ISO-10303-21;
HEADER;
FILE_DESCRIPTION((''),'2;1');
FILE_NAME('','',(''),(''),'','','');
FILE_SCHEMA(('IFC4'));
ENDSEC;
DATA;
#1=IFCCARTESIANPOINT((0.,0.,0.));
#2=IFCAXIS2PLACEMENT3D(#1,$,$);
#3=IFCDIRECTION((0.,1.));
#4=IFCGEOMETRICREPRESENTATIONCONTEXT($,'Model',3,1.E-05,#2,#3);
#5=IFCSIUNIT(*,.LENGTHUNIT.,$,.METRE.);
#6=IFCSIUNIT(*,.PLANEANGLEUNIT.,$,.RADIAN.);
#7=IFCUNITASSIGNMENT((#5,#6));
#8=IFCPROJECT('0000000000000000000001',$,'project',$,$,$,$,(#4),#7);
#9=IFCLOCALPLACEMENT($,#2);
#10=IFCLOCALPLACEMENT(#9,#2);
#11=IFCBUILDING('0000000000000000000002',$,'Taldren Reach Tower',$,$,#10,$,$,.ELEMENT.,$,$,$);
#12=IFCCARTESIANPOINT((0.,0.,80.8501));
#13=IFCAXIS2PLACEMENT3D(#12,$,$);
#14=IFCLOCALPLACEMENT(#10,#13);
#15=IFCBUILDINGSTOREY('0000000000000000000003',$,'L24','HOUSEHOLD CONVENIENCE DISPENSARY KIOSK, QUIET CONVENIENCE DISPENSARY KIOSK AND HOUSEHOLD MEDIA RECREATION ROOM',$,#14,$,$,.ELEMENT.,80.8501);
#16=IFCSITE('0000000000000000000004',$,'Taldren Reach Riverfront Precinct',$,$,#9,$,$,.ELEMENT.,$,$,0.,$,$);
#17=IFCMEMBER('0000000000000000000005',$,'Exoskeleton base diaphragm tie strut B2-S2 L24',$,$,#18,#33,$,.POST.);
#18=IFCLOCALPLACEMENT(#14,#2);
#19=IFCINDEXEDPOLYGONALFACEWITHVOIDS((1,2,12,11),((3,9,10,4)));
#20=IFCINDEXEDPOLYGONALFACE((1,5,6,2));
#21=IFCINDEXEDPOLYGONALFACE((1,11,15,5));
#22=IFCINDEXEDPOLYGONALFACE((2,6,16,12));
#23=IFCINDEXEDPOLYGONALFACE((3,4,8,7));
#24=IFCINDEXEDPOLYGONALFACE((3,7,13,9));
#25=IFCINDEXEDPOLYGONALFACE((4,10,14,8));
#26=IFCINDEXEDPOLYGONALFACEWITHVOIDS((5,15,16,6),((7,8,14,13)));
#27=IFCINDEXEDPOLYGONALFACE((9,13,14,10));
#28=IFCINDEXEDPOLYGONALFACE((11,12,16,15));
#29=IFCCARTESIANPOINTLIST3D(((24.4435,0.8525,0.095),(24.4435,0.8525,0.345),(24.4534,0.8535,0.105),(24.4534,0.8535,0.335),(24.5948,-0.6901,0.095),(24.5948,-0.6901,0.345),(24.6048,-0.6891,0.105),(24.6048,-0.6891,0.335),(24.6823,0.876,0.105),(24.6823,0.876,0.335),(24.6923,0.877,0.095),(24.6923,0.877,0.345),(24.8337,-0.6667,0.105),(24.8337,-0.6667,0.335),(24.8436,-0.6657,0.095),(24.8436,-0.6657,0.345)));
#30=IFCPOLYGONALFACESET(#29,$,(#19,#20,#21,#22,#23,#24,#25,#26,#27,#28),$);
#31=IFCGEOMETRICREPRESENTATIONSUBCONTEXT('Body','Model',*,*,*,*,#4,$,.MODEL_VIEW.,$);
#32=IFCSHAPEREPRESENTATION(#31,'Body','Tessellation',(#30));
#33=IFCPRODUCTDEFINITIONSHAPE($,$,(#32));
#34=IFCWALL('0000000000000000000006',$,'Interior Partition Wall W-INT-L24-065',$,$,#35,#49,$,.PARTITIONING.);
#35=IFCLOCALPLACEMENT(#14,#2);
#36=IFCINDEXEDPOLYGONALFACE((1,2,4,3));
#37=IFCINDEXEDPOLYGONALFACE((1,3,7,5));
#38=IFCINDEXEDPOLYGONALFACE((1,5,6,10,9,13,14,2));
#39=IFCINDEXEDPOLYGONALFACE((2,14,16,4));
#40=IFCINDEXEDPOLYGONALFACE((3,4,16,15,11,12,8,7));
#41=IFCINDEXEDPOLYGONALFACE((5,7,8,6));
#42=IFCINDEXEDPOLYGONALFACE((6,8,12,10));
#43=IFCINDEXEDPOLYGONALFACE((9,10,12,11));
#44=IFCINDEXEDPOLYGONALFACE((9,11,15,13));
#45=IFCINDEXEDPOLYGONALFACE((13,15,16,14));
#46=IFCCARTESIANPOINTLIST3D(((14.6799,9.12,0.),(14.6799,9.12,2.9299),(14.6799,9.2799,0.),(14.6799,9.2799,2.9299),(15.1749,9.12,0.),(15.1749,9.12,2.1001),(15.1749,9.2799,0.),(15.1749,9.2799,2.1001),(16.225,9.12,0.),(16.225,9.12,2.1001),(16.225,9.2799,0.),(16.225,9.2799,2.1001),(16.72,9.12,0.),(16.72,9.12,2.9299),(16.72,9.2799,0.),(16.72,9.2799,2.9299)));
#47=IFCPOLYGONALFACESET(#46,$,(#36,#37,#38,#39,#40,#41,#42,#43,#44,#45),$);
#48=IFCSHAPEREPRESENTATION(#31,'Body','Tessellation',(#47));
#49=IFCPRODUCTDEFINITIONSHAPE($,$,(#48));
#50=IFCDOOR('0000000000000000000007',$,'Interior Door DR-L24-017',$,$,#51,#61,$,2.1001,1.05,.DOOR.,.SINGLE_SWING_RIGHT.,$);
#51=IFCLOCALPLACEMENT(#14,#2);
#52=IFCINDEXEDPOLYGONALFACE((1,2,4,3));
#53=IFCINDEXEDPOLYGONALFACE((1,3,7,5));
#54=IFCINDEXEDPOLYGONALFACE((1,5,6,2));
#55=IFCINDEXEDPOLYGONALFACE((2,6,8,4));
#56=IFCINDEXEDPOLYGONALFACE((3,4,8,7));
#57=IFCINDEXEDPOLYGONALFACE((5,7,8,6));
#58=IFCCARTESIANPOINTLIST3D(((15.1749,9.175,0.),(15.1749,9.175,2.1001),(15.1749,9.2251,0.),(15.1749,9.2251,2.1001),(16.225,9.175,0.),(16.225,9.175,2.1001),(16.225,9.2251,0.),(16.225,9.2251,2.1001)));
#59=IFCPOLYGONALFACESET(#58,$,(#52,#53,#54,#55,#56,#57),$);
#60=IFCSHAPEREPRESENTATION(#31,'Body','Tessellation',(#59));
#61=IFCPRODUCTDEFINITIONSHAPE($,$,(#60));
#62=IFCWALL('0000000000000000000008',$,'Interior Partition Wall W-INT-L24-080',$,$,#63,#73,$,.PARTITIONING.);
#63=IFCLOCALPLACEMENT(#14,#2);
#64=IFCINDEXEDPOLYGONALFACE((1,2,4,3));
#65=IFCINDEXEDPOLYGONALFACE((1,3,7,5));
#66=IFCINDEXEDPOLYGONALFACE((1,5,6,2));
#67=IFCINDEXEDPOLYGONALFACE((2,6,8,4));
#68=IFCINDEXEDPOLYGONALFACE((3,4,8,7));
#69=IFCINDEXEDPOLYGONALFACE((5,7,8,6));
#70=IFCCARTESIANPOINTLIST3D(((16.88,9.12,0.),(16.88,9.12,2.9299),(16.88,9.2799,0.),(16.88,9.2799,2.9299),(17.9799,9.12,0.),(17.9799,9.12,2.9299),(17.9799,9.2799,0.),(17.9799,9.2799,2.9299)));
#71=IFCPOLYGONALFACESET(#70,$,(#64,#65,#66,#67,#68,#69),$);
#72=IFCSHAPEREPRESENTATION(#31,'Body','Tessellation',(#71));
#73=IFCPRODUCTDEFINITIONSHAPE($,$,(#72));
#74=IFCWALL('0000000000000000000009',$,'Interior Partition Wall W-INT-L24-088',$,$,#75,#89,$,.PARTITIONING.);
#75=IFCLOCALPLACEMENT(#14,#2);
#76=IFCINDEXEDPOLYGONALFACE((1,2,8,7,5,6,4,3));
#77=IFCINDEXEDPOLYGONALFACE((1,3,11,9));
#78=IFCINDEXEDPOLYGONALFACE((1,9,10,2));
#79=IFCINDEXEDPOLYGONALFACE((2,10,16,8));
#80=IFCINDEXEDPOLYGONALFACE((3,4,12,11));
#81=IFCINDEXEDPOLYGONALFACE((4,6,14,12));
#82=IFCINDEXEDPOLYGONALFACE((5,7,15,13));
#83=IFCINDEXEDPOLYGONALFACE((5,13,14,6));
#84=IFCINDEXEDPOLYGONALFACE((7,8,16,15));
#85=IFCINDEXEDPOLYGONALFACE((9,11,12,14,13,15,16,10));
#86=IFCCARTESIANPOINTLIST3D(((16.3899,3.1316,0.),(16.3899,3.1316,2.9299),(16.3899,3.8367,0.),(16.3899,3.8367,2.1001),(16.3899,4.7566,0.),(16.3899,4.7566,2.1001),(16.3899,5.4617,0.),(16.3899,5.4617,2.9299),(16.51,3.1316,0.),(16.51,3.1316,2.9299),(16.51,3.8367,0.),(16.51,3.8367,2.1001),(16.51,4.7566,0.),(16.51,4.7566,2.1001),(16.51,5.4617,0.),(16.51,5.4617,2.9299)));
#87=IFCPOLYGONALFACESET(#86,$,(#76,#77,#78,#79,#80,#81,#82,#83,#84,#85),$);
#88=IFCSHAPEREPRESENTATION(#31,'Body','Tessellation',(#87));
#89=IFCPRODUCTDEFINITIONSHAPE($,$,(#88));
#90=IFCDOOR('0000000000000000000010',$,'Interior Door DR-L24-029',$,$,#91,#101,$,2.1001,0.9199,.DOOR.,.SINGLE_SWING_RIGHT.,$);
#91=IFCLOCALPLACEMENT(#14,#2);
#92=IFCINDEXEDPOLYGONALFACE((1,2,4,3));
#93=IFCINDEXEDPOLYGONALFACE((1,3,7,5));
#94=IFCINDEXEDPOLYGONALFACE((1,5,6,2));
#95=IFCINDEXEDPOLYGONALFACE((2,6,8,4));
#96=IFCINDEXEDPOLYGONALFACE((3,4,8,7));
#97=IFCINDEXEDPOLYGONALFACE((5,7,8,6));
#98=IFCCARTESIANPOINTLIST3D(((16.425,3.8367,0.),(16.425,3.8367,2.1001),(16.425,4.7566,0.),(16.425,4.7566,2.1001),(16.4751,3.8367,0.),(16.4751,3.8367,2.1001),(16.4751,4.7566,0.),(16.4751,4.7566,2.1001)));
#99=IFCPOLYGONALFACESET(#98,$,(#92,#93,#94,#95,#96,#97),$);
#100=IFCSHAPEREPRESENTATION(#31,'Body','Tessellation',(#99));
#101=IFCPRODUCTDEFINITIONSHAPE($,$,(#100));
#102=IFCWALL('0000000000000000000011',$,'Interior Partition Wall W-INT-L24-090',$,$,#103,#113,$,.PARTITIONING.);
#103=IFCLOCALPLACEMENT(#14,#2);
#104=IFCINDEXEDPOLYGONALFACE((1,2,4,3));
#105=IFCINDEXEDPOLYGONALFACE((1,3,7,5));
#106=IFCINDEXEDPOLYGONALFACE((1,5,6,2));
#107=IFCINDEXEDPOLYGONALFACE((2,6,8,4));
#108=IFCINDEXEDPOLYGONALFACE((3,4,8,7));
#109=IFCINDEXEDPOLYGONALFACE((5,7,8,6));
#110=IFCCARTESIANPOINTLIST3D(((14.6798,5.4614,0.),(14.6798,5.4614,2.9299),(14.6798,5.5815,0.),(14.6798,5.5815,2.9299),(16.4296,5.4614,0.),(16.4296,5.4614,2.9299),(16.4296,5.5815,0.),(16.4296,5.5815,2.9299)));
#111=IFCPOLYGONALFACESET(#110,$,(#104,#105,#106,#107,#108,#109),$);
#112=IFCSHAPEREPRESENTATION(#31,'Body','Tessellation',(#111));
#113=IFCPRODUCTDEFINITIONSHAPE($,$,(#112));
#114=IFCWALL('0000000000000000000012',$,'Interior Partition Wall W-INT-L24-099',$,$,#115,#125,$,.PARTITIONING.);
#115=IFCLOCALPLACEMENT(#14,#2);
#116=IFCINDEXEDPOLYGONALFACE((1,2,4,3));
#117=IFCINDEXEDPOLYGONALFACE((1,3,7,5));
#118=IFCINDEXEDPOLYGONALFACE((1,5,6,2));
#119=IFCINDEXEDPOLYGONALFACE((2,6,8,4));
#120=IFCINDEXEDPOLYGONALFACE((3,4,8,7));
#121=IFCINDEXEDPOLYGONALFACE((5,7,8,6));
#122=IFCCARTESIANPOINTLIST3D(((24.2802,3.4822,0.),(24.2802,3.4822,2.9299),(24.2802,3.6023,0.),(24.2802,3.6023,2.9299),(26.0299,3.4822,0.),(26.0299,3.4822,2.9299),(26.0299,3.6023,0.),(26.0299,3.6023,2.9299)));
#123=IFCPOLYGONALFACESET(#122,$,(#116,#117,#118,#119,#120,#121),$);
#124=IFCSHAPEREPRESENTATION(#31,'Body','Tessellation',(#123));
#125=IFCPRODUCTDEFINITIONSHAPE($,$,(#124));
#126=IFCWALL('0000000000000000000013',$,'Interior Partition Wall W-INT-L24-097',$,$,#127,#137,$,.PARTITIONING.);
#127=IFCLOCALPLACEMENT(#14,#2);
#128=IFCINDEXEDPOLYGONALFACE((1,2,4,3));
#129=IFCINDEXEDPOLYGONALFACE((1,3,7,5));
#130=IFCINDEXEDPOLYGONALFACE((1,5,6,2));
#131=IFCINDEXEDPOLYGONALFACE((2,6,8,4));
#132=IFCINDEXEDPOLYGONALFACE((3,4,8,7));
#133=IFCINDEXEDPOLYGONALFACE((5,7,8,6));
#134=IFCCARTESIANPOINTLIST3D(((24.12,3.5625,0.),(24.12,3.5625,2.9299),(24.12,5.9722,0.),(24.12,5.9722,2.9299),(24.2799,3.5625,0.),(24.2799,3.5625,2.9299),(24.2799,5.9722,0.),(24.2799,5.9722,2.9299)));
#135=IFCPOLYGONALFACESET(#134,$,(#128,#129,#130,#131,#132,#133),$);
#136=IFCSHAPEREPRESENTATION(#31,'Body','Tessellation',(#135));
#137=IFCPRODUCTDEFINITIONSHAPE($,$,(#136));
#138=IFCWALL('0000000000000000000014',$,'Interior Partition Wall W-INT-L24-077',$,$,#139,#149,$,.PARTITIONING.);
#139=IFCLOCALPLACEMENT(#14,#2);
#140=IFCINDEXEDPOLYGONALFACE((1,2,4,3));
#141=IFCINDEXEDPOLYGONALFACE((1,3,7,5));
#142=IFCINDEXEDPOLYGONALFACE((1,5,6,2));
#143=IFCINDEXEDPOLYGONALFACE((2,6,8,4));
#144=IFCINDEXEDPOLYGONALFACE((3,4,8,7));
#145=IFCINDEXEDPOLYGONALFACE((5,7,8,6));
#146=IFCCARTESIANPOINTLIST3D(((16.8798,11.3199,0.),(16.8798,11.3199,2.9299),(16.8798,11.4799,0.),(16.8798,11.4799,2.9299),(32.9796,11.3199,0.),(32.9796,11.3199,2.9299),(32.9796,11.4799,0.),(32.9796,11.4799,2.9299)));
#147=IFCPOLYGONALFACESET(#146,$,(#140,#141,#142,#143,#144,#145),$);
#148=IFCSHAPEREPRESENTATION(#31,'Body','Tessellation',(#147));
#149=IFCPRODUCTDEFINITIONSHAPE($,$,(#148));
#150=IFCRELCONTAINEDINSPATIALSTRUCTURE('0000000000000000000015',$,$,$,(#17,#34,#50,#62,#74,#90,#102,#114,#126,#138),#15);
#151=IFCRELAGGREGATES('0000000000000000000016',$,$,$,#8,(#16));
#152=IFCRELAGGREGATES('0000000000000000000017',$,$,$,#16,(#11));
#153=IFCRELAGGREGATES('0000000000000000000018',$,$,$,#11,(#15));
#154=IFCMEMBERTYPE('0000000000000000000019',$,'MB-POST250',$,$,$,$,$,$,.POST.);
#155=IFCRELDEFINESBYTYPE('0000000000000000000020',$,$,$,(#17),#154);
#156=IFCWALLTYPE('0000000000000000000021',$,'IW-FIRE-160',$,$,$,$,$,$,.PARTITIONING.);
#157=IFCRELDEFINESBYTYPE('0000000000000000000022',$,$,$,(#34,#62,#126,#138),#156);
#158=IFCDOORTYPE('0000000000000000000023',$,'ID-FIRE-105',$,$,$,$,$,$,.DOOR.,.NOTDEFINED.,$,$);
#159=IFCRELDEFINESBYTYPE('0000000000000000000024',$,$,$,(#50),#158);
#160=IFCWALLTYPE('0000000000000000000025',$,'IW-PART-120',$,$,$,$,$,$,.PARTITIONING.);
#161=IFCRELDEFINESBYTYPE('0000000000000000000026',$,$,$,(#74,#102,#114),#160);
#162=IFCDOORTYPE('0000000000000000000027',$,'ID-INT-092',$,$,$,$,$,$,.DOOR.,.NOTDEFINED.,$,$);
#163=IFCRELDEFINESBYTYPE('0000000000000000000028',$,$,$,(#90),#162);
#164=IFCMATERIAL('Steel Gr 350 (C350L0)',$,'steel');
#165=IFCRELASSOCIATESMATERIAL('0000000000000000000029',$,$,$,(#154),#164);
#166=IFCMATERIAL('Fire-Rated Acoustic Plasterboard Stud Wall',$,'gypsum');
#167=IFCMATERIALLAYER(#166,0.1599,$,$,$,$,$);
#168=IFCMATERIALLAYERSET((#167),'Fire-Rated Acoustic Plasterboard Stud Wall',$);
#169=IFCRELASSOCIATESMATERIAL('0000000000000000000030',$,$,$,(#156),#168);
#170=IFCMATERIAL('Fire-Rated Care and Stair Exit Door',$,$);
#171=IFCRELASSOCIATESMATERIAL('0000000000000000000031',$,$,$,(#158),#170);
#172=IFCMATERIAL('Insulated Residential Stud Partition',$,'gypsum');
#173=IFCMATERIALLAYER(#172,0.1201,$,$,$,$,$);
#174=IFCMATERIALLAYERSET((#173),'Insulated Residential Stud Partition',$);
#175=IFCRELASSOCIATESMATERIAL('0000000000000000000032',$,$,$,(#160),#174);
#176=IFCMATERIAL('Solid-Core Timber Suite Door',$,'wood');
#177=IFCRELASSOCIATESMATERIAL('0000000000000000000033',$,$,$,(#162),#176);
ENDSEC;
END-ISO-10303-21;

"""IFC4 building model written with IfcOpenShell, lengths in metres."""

from ifc_helpers import new_model, si_unit, direction, frame, frame_2d, origin, origin_2d, place, context, subcontext, project, spatial, rectangle, hollow_rectangle, extrude, source, transform, mapped, material, layer, layer_set, material_profile, profile_set, type_object, element, fill, save


model = new_model("IFC4")

# Units and contexts
model_context = context("Model", 3, precision=1e-05, world=origin(), true_north=direction((0.0, 1.0)))
body_context = subcontext(model_context, "Body", "Model", "MODEL_VIEW")
ifc_project = project(units=[si_unit("LENGTHUNIT", "METRE"), si_unit("PLANEANGLEUNIT", "RADIAN")], contexts=[model_context])

# Site, building, storey
site_placement = place(None, origin())
site = spatial("IfcSite", under=ifc_project, at=site_placement, Name="Taldren Reach Riverfront Precinct", CompositionType="ELEMENT", RefElevation=0.0)
building_placement = place(site_placement, origin())
building = spatial("IfcBuilding", under=site, at=building_placement, Name="Taldren Reach Tower", CompositionType="ELEMENT")
storey_placement = place(building_placement, frame((0.0, 0.0, 80.8501)))
storey = spatial("IfcBuildingStorey", under=building, at=storey_placement, Name="L24", Description="HOUSEHOLD CONVENIENCE DISPENSARY KIOSK, QUIET CONVENIENCE DISPENSARY KIOSK AND HOUSEHOLD MEDIA RECREATION ROOM", CompositionType="ELEMENT", Elevation=80.8501)

# Member
ifc_material_1 = material(Name="Steel Gr 350 (C350L0)", Category="steel")
ifc_material_profile_1 = material_profile(ifc_material_1, hollow_rectangle(XDim=0.25, YDim=0.25, WallThickness=0.01, at=origin_2d()), Name="250x250x10.0SHS")
ifc_profile_set_1 = profile_set([ifc_material_profile_1], Name="Steel Gr 350 (C350L0)")
member_type_1 = type_object("IfcMemberType", Name="MB-POST250", PredefinedType="POST", material=ifc_profile_set_1)
shared_shape_1 = source(origin(), body_context, "Body", "SweptSolid", [
    extrude(hollow_rectangle(XDim=0.25, YDim=0.25, WallThickness=0.01, at=origin_2d()), origin(), (0.0, 0.0, 1.0), 1.55),
])
member_1_placement = place(storey_placement, frame((24.5679, 0.8647, 0.22), z_axis=(0.097648, -0.995221, 0.0), x_axis=(0.995221, 0.097648, 0.0)))
element("IfcMember", 1, at=member_1_placement, inside=storey, type_object=member_type_1, Name="Exoskeleton base diaphragm tie strut B2-S2 L24", PredefinedType="POST", context=body_context, shape_type="MappedRepresentation", body=[
    mapped(shared_shape_1, transform((0.0, 0.0, 0.0), scale=1.0)),
])

# Wall, opening, door
ifc_material_2 = material(Name="Fire-Rated Acoustic Plasterboard Stud Wall", Category="gypsum")
ifc_layer_1 = layer(ifc_material_2, 0.1599)
ifc_layer_set_1 = layer_set([ifc_layer_1], Name="Fire-Rated Acoustic Plasterboard Stud Wall")
wall_type_1 = type_object("IfcWallType", Name="IW-FIRE-160", PredefinedType="PARTITIONING", material=ifc_layer_set_1)
shared_shape_2 = source(origin(), body_context, "Body", "SweptSolid", [
    extrude(rectangle(XDim=2.04, YDim=0.1599, at=frame_2d((1.02, 0.0))), origin(), (0.0, 0.0, 1.0), 2.9299),
])
wall_1_placement = place(storey_placement, frame((16.72, 9.2, 0.0), z_axis=(0.0, 0.0, 1.0), x_axis=(-1.0, 0.0, 0.0)))
wall_1 = element("IfcWall", 2, at=wall_1_placement, inside=storey, type_object=wall_type_1, Name="Interior Partition Wall W-INT-L24-065", PredefinedType="PARTITIONING", context=body_context, shape_type="MappedRepresentation", body=[
    mapped(shared_shape_2, transform((0.0, 0.0, 0.0), scale=1.0)),
])
shared_shape_3 = source(origin(), body_context, "Body", "SweptSolid", [
    extrude(rectangle(XDim=1.05, YDim=2.1001, at=frame_2d((0.5249, 1.05))), frame((0.0, 0.0898, 0.0), z_axis=(0.0, -1.0, 0.0), x_axis=(1.0, 0.0, 0.0)), (0.0, 0.0, 1.0), 0.1799),
])
opening_1_placement = place(wall_1_placement, frame((0.4951, 0.0, 0.0)))
opening_1 = element("IfcOpeningElement", 3, at=opening_1_placement, cuts=wall_1, PredefinedType="OPENING", context=body_context, shape_type="MappedRepresentation", body=[
    mapped(shared_shape_3, transform((0.0, 0.0, 0.0), scale=1.0)),
])
ifc_material_3 = material(Name="Fire-Rated Care and Stair Exit Door")
door_type_1 = type_object("IfcDoorType", Name="ID-FIRE-105", OperationType="NOTDEFINED", PredefinedType="DOOR", material=ifc_material_3)
shared_shape_4 = source(origin(), body_context, "Body", "SweptSolid", [
    extrude(rectangle(XDim=1.05, YDim=2.1001, at=frame_2d((0.5249, 1.05))), frame((0.0, 0.0249, 0.0), z_axis=(0.0, -1.0, 0.0), x_axis=(1.0, 0.0, 0.0)), (0.0, 0.0, 1.0), 0.05),
])
door_1_placement = place(opening_1_placement, origin())
door_1 = element("IfcDoor", 4, at=door_1_placement, inside=storey, type_object=door_type_1, Name="Interior Door DR-L24-017", OperationType="SINGLE_SWING_RIGHT", OverallHeight=2.1001, OverallWidth=1.05, PredefinedType="DOOR", context=body_context, shape_type="MappedRepresentation", body=[
    mapped(shared_shape_4, transform((0.0, 0.0, 0.0), scale=1.0)),
])
fill(opening_1, door_1)

# Wall
shared_shape_5 = source(origin(), body_context, "Body", "SweptSolid", [
    extrude(rectangle(XDim=1.0999, YDim=0.1599, at=frame_2d((0.5498, 0.0))), origin(), (0.0, 0.0, 1.0), 2.9299),
])
wall_2_placement = place(storey_placement, frame((17.9797, 9.2, 0.0), z_axis=(0.0, 0.0, 1.0), x_axis=(-1.0, 0.0, 0.0)))
element("IfcWall", 5, at=wall_2_placement, inside=storey, type_object=wall_type_1, Name="Interior Partition Wall W-INT-L24-080", PredefinedType="PARTITIONING", context=body_context, shape_type="MappedRepresentation", body=[
    mapped(shared_shape_5, transform((0.0, 0.0, 0.0), scale=1.0)),
])

# Wall, opening, door
ifc_material_4 = material(Name="Insulated Residential Stud Partition", Category="gypsum")
ifc_layer_2 = layer(ifc_material_4, 0.1201)
ifc_layer_set_2 = layer_set([ifc_layer_2], Name="Insulated Residential Stud Partition")
wall_type_2 = type_object("IfcWallType", Name="IW-PART-120", PredefinedType="PARTITIONING", material=ifc_layer_set_2)
shared_shape_6 = source(origin(), body_context, "Body", "SweptSolid", [
    extrude(rectangle(XDim=2.3301, YDim=0.1201, at=frame_2d((1.165, 0.0))), origin(), (0.0, 0.0, 1.0), 2.9299),
])
wall_3_placement = place(storey_placement, frame((16.45, 3.1316, 0.0), z_axis=(0.0, 0.0, 1.0), x_axis=(0.0, 1.0, 0.0)))
wall_3 = element("IfcWall", 6, at=wall_3_placement, inside=storey, type_object=wall_type_2, Name="Interior Partition Wall W-INT-L24-088", PredefinedType="PARTITIONING", context=body_context, shape_type="MappedRepresentation", body=[
    mapped(shared_shape_6, transform((0.0, 0.0, 0.0), scale=1.0)),
])
shared_shape_7 = source(origin(), body_context, "Body", "SweptSolid", [
    extrude(rectangle(XDim=0.9199, YDim=2.1001, at=frame_2d((0.46, 1.05))), frame((0.0, 0.0701, 0.0), z_axis=(0.0, -1.0, 0.0), x_axis=(1.0, 0.0, 0.0)), (0.0, 0.0, 1.0), 0.1401),
])
opening_2_placement = place(wall_3_placement, frame((0.7051, 0.0, 0.0)))
opening_2 = element("IfcOpeningElement", 7, at=opening_2_placement, cuts=wall_3, PredefinedType="OPENING", context=body_context, shape_type="MappedRepresentation", body=[
    mapped(shared_shape_7, transform((0.0, 0.0, 0.0), scale=1.0)),
])
ifc_material_5 = material(Name="Solid-Core Timber Suite Door", Category="wood")
door_type_2 = type_object("IfcDoorType", Name="ID-INT-092", OperationType="NOTDEFINED", PredefinedType="DOOR", material=ifc_material_5)
shared_shape_8 = source(origin(), body_context, "Body", "SweptSolid", [
    extrude(rectangle(XDim=0.9199, YDim=2.1001, at=frame_2d((0.46, 1.05))), frame((0.0, 0.0249, 0.0), z_axis=(0.0, -1.0, 0.0), x_axis=(1.0, 0.0, 0.0)), (0.0, 0.0, 1.0), 0.05),
])
door_2_placement = place(opening_2_placement, origin())
door_2 = element("IfcDoor", 8, at=door_2_placement, inside=storey, type_object=door_type_2, Name="Interior Door DR-L24-029", OperationType="SINGLE_SWING_RIGHT", OverallHeight=2.1001, OverallWidth=0.9199, PredefinedType="DOOR", context=body_context, shape_type="MappedRepresentation", body=[
    mapped(shared_shape_8, transform((0.0, 0.0, 0.0), scale=1.0)),
])
fill(opening_2, door_2)

# Walls
shared_shape_9 = source(origin(), body_context, "Body", "SweptSolid", [
    extrude(rectangle(XDim=1.7498, YDim=0.1201, at=frame_2d((0.875, 0.0))), origin(), (0.0, 0.0, 1.0), 2.9299),
])
for number, where, z_axis, x_axis, name in (
    (9, (16.4297, 5.5215, 0.0), (0.0, 0.0, 1.0), (-1.0, 0.0, 0.0), "Interior Partition Wall W-INT-L24-090"),
    (10, (24.28, 3.5422, 0.0), (0.0, 0.0, 1.0), (1.0, 0.0, 0.0), "Interior Partition Wall W-INT-L24-099"),
):
    element("IfcWall", number, at=place(storey_placement, frame(where, z_axis=z_axis, x_axis=x_axis)), inside=storey, type_object=wall_type_2, Name=name, PredefinedType="PARTITIONING", context=body_context, shape_type="MappedRepresentation", body=[
        mapped(shared_shape_9, transform((0.0, 0.0, 0.0), scale=1.0)),
    ])
shared_shape_10 = source(origin(), body_context, "Body", "SweptSolid", [
    extrude(rectangle(XDim=2.4097, YDim=0.1599, at=frame_2d((1.2048, 0.0))), origin(), (0.0, 0.0, 1.0), 2.9299),
])
wall_4_placement = place(storey_placement, frame((24.2, 5.9722, 0.0), z_axis=(0.0, 0.0, 1.0), x_axis=(0.0, -1.0, 0.0)))
element("IfcWall", 11, at=wall_4_placement, inside=storey, type_object=wall_type_1, Name="Interior Partition Wall W-INT-L24-097", PredefinedType="PARTITIONING", context=body_context, shape_type="MappedRepresentation", body=[
    mapped(shared_shape_10, transform((0.0, 0.0, 0.0), scale=1.0)),
])
shared_shape_11 = source(origin(), body_context, "Body", "SweptSolid", [
    extrude(rectangle(XDim=16.0999, YDim=0.1599, at=frame_2d((8.0498, 0.0))), origin(), (0.0, 0.0, 1.0), 2.9299),
])
wall_5_placement = place(storey_placement, frame((16.8799, 11.3999, 0.0), z_axis=(0.0, 0.0, 1.0), x_axis=(1.0, 0.0, 0.0)))
element("IfcWall", 12, at=wall_5_placement, inside=storey, type_object=wall_type_1, Name="Interior Partition Wall W-INT-L24-077", PredefinedType="PARTITIONING", context=body_context, shape_type="MappedRepresentation", body=[
    mapped(shared_shape_11, transform((0.0, 0.0, 0.0), scale=1.0)),
])

save(model, "model.ifc")
